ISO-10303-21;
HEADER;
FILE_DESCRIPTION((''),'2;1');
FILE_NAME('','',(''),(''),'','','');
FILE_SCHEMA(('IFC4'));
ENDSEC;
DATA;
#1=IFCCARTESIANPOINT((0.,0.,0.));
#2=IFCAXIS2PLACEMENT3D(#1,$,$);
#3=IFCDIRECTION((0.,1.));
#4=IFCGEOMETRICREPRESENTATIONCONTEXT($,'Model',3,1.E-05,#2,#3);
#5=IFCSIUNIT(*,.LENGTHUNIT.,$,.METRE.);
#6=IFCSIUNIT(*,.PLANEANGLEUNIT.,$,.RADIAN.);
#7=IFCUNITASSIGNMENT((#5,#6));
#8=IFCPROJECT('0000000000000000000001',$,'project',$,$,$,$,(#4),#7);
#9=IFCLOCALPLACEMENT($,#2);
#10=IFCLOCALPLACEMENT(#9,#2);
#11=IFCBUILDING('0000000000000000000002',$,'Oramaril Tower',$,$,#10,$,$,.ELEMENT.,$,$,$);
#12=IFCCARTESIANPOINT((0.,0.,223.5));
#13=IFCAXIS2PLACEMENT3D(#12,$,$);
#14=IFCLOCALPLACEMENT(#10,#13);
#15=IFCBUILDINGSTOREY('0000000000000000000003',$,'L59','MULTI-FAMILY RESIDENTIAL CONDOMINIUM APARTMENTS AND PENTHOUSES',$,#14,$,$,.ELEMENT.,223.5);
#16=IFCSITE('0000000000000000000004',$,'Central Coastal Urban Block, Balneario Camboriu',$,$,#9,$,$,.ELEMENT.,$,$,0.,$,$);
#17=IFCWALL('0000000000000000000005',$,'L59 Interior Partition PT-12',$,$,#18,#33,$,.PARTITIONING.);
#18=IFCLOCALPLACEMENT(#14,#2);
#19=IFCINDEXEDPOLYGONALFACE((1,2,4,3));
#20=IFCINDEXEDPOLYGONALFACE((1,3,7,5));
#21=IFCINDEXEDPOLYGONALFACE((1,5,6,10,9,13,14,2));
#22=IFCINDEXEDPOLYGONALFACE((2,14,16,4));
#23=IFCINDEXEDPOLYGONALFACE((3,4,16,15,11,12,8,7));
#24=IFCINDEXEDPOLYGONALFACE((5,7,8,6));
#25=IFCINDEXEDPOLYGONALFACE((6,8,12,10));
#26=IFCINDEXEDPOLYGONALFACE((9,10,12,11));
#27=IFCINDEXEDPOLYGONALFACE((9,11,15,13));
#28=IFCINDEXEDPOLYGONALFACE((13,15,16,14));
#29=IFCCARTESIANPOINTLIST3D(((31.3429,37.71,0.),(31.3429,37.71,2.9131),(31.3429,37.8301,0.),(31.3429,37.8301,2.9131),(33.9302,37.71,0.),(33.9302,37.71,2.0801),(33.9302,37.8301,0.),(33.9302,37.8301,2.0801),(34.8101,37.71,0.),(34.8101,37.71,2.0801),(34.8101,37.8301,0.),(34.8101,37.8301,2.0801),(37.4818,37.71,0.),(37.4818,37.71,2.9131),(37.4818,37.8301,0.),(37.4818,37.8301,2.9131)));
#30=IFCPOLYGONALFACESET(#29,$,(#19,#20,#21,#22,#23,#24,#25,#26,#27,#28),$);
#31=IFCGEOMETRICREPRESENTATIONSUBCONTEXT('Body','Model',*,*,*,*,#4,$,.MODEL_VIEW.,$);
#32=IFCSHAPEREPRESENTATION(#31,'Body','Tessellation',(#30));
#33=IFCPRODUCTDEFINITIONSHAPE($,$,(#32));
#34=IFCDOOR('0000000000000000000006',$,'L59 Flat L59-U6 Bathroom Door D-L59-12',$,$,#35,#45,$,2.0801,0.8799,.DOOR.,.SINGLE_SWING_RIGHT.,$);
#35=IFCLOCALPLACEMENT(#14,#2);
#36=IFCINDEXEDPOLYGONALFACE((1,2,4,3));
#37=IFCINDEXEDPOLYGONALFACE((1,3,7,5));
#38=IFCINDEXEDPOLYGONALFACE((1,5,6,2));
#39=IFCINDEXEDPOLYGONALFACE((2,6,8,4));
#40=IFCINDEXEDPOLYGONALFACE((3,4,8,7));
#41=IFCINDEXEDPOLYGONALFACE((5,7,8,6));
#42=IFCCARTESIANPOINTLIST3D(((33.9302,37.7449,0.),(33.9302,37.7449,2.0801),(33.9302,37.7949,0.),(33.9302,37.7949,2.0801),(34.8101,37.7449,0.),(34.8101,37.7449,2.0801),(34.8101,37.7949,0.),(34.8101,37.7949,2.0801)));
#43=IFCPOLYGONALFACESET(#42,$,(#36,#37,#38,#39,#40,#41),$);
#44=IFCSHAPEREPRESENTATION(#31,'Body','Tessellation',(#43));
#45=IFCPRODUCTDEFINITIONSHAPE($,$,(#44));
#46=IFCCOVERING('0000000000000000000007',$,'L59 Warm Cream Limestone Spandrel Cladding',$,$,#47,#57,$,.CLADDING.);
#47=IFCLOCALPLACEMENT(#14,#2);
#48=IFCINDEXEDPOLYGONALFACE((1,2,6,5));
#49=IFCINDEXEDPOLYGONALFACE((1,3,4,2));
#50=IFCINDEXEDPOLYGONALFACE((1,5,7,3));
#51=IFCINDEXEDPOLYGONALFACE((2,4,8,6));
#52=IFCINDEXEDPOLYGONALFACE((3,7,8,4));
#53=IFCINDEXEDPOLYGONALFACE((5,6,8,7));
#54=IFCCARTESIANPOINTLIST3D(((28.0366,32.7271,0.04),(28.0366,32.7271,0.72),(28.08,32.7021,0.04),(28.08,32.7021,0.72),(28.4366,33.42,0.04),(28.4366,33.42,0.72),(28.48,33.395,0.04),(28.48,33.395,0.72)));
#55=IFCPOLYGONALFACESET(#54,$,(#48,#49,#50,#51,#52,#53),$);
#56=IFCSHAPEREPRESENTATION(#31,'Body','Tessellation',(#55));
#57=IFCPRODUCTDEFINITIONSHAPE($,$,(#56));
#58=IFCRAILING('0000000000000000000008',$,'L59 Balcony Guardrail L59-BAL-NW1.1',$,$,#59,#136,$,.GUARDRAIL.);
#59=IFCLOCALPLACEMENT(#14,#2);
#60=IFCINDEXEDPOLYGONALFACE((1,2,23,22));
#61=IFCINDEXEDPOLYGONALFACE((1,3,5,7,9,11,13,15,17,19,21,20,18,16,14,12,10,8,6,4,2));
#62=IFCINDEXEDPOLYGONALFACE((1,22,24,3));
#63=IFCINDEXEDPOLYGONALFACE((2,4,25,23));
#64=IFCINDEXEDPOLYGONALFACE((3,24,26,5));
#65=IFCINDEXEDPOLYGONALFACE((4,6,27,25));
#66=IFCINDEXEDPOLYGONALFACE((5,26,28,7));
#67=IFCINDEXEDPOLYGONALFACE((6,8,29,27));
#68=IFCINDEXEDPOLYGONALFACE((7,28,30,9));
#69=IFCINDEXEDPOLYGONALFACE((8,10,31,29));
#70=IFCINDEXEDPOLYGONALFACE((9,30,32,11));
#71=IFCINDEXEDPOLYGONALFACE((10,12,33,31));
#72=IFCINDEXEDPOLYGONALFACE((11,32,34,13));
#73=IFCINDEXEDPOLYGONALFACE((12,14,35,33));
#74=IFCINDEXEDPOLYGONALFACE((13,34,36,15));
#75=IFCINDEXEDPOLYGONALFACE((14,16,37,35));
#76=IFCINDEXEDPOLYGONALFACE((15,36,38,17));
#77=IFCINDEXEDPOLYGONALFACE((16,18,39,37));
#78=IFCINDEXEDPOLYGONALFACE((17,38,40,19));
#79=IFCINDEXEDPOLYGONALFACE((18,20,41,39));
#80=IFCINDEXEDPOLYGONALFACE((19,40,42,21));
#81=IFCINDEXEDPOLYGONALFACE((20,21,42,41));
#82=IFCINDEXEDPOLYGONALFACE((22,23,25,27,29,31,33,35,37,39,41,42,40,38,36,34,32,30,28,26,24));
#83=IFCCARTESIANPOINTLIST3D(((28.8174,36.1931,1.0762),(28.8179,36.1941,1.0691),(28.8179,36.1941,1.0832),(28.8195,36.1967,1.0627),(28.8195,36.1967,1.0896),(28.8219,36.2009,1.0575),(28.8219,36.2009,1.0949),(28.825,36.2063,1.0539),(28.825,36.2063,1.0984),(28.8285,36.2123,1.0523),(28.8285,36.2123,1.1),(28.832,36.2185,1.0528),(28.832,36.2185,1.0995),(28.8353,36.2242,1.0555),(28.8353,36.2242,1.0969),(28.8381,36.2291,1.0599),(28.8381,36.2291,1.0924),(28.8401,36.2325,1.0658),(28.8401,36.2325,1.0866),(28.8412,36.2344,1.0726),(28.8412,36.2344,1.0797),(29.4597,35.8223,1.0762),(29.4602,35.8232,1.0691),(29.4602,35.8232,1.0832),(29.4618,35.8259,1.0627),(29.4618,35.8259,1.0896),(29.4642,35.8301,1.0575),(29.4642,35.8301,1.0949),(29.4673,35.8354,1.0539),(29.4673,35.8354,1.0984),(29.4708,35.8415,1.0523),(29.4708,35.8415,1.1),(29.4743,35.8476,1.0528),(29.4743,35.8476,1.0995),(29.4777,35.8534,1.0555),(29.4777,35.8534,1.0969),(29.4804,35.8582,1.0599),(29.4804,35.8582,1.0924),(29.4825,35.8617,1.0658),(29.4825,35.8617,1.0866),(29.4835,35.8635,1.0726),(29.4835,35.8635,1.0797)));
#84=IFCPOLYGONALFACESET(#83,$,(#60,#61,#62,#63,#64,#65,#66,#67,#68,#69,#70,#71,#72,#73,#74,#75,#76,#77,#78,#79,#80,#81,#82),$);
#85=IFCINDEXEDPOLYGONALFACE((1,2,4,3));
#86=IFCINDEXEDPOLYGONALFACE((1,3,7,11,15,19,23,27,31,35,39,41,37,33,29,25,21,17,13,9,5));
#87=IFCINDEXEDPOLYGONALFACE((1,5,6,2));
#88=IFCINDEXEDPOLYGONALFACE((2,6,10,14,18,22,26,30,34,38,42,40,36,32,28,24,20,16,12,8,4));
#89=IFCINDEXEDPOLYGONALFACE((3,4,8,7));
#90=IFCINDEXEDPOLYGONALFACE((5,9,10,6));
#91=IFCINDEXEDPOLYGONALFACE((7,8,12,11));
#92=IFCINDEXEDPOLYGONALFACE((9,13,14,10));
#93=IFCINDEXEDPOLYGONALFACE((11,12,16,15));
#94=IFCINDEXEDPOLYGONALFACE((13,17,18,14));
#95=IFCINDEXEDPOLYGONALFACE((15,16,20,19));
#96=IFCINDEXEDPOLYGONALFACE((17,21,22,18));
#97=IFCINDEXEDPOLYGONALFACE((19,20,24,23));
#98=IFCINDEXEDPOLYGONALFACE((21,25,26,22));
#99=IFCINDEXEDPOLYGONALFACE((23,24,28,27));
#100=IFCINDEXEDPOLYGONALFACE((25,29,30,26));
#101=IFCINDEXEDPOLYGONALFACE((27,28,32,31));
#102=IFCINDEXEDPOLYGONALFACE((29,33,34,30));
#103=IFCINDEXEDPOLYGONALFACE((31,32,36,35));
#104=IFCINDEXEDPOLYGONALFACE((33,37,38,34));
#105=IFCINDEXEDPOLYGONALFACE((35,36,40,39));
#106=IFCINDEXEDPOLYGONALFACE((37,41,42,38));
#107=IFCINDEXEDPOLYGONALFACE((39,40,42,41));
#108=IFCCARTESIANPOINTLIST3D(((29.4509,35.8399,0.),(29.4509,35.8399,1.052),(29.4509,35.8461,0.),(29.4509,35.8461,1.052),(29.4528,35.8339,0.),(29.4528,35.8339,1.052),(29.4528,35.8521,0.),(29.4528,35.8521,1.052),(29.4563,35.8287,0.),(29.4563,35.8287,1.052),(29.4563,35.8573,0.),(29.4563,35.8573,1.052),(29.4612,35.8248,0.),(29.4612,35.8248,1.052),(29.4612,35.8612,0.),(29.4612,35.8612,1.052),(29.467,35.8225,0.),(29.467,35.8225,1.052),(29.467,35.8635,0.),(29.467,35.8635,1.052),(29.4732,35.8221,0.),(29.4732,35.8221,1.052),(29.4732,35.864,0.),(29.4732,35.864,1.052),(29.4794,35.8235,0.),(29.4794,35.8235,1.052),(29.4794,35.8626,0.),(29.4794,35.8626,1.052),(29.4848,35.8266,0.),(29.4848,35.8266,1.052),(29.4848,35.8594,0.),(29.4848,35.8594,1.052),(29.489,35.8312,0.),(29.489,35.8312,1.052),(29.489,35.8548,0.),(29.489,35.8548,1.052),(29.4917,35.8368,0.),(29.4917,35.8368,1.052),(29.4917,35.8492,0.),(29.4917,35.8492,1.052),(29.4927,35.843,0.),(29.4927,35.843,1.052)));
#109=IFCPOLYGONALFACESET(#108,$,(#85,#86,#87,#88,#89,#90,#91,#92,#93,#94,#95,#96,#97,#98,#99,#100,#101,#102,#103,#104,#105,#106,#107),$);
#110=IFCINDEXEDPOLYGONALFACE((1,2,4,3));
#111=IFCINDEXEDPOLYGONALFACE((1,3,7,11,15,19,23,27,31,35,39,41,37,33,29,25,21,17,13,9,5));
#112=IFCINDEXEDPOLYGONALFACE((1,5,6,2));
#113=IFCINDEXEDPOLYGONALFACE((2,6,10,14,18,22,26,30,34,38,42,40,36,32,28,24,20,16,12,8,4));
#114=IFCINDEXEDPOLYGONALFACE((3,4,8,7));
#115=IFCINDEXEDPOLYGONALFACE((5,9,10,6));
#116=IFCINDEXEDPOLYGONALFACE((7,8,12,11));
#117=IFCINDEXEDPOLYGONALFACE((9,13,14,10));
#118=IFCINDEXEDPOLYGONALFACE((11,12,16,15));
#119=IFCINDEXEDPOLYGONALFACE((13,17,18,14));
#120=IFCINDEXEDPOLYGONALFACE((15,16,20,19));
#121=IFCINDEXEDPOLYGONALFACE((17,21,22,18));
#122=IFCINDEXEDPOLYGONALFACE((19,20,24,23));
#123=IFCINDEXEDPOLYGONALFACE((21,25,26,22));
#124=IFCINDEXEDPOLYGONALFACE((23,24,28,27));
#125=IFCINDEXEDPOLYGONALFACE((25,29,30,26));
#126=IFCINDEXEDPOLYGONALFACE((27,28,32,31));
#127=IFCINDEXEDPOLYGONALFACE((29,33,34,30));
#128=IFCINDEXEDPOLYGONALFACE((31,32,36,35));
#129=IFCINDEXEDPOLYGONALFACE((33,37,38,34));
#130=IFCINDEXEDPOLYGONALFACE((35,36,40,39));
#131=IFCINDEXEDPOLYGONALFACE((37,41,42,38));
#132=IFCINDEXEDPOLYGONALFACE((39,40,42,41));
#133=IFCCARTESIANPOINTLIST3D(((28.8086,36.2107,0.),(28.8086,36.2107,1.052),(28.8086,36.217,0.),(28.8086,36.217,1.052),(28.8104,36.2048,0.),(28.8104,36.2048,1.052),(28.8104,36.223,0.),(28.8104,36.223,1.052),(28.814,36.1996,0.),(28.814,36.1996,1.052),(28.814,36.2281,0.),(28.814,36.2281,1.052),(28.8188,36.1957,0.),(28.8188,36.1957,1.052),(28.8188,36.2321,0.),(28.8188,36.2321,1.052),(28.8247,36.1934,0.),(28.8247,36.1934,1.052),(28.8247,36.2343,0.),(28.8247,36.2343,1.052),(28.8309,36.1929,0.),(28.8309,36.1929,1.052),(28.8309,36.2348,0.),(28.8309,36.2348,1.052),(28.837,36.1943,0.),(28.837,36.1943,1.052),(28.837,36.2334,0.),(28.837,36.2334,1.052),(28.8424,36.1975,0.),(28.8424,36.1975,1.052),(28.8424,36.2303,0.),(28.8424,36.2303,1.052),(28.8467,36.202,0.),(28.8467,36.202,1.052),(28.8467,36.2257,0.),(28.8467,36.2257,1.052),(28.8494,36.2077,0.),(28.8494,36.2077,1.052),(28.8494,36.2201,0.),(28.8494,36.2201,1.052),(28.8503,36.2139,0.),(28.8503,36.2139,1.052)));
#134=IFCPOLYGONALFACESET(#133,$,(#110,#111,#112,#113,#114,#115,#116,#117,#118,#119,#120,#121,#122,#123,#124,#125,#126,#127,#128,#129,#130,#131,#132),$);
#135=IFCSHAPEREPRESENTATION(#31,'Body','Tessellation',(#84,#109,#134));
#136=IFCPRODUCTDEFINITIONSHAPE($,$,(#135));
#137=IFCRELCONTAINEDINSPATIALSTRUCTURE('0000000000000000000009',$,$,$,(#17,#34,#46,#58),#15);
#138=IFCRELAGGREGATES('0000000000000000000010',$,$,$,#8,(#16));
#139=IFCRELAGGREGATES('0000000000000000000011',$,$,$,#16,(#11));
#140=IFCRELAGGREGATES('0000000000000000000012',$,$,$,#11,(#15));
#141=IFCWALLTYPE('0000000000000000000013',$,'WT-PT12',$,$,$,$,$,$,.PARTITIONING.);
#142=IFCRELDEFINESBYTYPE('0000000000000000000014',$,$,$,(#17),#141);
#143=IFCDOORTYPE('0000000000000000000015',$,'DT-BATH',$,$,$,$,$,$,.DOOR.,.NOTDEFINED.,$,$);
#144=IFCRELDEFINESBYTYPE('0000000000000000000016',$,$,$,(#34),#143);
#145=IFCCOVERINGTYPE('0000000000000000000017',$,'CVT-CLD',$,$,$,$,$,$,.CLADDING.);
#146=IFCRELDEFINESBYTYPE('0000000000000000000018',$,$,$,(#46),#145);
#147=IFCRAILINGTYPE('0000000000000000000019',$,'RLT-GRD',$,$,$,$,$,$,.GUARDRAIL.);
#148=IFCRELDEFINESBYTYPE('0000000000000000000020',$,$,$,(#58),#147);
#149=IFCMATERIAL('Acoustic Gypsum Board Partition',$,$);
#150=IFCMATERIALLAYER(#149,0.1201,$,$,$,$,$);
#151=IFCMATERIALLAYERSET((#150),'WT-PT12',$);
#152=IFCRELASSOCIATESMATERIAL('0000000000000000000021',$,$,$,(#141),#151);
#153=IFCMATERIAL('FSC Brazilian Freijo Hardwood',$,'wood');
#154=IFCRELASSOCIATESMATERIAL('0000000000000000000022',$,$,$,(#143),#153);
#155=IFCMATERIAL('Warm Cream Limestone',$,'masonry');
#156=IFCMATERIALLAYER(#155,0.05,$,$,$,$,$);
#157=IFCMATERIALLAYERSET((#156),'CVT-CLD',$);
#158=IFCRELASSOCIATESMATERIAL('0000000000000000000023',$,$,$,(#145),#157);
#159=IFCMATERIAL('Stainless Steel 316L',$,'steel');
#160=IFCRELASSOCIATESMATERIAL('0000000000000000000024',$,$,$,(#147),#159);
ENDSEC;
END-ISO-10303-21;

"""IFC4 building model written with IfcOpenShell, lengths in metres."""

from ifc_helpers import new_model, si_unit, direction, frame, frame_2d, origin, origin_2d, place, context, subcontext, project, spatial, rectangle, circle, extrude, material, layer, layer_set, type_object, element, fill, save


model = new_model("IFC4")

# Units and contexts
model_context = context("Model", 3, precision=1e-05, world=origin(), true_north=direction((0.0, 1.0)))
body_context = subcontext(model_context, "Body", "Model", "MODEL_VIEW")
ifc_project = project(units=[si_unit("LENGTHUNIT", "METRE"), si_unit("PLANEANGLEUNIT", "RADIAN")], contexts=[model_context])

# Site, building, storey
site_placement = place(None, origin())
site = spatial("IfcSite", under=ifc_project, at=site_placement, Name="Central Coastal Urban Block, Balneario Camboriu", CompositionType="ELEMENT", RefElevation=0.0)
building_placement = place(site_placement, origin())
building = spatial("IfcBuilding", under=site, at=building_placement, Name="Oramaril Tower", CompositionType="ELEMENT")
storey_placement = place(building_placement, frame((0.0, 0.0, 223.5)))
storey = spatial("IfcBuildingStorey", under=building, at=storey_placement, Name="L59", Description="MULTI-FAMILY RESIDENTIAL CONDOMINIUM APARTMENTS AND PENTHOUSES", CompositionType="ELEMENT", Elevation=223.5)

# Wall, opening, door
ifc_material_1 = material(Name="Acoustic Gypsum Board Partition")
ifc_layer_1 = layer(ifc_material_1, 0.1201)
ifc_layer_set_1 = layer_set([ifc_layer_1], Name="WT-PT12")
wall_type_1 = type_object("IfcWallType", Name="WT-PT12", PredefinedType="PARTITIONING", material=ifc_layer_set_1)
wall_1_placement = place(storey_placement, frame((31.343, 37.77, 0.0), z_axis=(0.0, 0.0, 1.0), x_axis=(1.0, 0.0, 0.0)))
wall_1 = element("IfcWall", 1, at=wall_1_placement, inside=storey, type_object=wall_type_1, Name="L59 Interior Partition PT-12", PredefinedType="PARTITIONING", context=body_context, shape_type="SweptSolid", body=[
    extrude(rectangle(XDim=6.1389, YDim=0.1201, at=frame_2d((3.0693, 0.0))), origin(), (0.0, 0.0, 1.0), 2.9131),
])
opening_placement = place(wall_1_placement, frame((2.5872, 0.0, 0.0)))
opening = element("IfcOpeningElement", 2, at=opening_placement, cuts=wall_1, PredefinedType="OPENING", context=body_context, shape_type="SweptSolid", body=[
    extrude(rectangle(XDim=0.8799, YDim=2.0801, at=frame_2d((0.4399, 1.04))), frame((0.0, 0.0601, 0.0), z_axis=(0.0, -1.0, 0.0), x_axis=(1.0, 0.0, 0.0)), (0.0, 0.0, 1.0), 0.1201),
])
ifc_material_2 = material(Name="FSC Brazilian Freijo Hardwood", Category="wood")
door_type = type_object("IfcDoorType", Name="DT-BATH", OperationType="NOTDEFINED", PredefinedType="DOOR", material=ifc_material_2)
door_placement = place(opening_placement, origin())
door = element("IfcDoor", 3, at=door_placement, inside=storey, type_object=door_type, Name="L59 Flat L59-U6 Bathroom Door D-L59-12", OperationType="SINGLE_SWING_RIGHT", OverallHeight=2.0801, OverallWidth=0.8799, PredefinedType="DOOR", context=body_context, shape_type="SweptSolid", body=[
    extrude(rectangle(XDim=0.8799, YDim=2.0801, at=frame_2d((0.4399, 1.04))), frame((0.0, 0.0249, 0.0), z_axis=(0.0, -1.0, 0.0), x_axis=(1.0, 0.0, 0.0)), (0.0, 0.0, 1.0), 0.05),
])
fill(opening, door)

# Covering
ifc_material_3 = material(Name="Warm Cream Limestone", Category="masonry")
ifc_layer_2 = layer(ifc_material_3, 0.05)
ifc_layer_set_2 = layer_set([ifc_layer_2], Name="CVT-CLD")
covering_type = type_object("IfcCoveringType", Name="CVT-CLD", PredefinedType="CLADDING", material=ifc_layer_set_2)
covering_placement = place(storey_placement, frame((28.2583, 33.061, 0.04), z_axis=(0.0, 0.0, 1.0), x_axis=(-0.5, -0.866025, 0.0)))
element("IfcCovering", 4, at=covering_placement, inside=storey, type_object=covering_type, Name="L59 Warm Cream Limestone Spandrel Cladding", PredefinedType="CLADDING", context=body_context, shape_type="SweptSolid", body=[
    extrude(rectangle(XDim=0.8, YDim=0.05, at=origin_2d()), origin(), (0.0, 0.0, 1.0), 0.6799),
])

# Railing
ifc_material_4 = material(Name="Stainless Steel 316L", Category="steel")
railing_type = type_object("IfcRailingType", Name="RLT-GRD", PredefinedType="GUARDRAIL", material=ifc_material_4)
railing_1_placement = place(storey_placement, frame((29.4717, 35.843, 0.0)))
element("IfcRailing", 5, at=railing_1_placement, inside=storey, type_object=railing_type, Name="L59 Balcony Guardrail L59-BAL-NW1.1", PredefinedType="GUARDRAIL", context=body_context, shape_type="SweptSolid", body=[
    extrude(circle(Radius=0.0239, at=origin_2d()), frame((0.0, 0.0, 1.0762), z_axis=(-0.866027, 0.499998, 0.0), x_axis=(-0.499998, -0.866027, 0.0)), (0.0, 0.0, 1.0), 0.7417),
    extrude(circle(Radius=0.021, at=origin_2d()), origin(), (0.0, 0.0, 1.0), 1.052),
    extrude(circle(Radius=0.021, at=origin_2d()), frame((-0.6423, 0.3708, 0.0)), (0.0, 0.0, 1.0), 1.052),
])

save(model, "model.ifc")
